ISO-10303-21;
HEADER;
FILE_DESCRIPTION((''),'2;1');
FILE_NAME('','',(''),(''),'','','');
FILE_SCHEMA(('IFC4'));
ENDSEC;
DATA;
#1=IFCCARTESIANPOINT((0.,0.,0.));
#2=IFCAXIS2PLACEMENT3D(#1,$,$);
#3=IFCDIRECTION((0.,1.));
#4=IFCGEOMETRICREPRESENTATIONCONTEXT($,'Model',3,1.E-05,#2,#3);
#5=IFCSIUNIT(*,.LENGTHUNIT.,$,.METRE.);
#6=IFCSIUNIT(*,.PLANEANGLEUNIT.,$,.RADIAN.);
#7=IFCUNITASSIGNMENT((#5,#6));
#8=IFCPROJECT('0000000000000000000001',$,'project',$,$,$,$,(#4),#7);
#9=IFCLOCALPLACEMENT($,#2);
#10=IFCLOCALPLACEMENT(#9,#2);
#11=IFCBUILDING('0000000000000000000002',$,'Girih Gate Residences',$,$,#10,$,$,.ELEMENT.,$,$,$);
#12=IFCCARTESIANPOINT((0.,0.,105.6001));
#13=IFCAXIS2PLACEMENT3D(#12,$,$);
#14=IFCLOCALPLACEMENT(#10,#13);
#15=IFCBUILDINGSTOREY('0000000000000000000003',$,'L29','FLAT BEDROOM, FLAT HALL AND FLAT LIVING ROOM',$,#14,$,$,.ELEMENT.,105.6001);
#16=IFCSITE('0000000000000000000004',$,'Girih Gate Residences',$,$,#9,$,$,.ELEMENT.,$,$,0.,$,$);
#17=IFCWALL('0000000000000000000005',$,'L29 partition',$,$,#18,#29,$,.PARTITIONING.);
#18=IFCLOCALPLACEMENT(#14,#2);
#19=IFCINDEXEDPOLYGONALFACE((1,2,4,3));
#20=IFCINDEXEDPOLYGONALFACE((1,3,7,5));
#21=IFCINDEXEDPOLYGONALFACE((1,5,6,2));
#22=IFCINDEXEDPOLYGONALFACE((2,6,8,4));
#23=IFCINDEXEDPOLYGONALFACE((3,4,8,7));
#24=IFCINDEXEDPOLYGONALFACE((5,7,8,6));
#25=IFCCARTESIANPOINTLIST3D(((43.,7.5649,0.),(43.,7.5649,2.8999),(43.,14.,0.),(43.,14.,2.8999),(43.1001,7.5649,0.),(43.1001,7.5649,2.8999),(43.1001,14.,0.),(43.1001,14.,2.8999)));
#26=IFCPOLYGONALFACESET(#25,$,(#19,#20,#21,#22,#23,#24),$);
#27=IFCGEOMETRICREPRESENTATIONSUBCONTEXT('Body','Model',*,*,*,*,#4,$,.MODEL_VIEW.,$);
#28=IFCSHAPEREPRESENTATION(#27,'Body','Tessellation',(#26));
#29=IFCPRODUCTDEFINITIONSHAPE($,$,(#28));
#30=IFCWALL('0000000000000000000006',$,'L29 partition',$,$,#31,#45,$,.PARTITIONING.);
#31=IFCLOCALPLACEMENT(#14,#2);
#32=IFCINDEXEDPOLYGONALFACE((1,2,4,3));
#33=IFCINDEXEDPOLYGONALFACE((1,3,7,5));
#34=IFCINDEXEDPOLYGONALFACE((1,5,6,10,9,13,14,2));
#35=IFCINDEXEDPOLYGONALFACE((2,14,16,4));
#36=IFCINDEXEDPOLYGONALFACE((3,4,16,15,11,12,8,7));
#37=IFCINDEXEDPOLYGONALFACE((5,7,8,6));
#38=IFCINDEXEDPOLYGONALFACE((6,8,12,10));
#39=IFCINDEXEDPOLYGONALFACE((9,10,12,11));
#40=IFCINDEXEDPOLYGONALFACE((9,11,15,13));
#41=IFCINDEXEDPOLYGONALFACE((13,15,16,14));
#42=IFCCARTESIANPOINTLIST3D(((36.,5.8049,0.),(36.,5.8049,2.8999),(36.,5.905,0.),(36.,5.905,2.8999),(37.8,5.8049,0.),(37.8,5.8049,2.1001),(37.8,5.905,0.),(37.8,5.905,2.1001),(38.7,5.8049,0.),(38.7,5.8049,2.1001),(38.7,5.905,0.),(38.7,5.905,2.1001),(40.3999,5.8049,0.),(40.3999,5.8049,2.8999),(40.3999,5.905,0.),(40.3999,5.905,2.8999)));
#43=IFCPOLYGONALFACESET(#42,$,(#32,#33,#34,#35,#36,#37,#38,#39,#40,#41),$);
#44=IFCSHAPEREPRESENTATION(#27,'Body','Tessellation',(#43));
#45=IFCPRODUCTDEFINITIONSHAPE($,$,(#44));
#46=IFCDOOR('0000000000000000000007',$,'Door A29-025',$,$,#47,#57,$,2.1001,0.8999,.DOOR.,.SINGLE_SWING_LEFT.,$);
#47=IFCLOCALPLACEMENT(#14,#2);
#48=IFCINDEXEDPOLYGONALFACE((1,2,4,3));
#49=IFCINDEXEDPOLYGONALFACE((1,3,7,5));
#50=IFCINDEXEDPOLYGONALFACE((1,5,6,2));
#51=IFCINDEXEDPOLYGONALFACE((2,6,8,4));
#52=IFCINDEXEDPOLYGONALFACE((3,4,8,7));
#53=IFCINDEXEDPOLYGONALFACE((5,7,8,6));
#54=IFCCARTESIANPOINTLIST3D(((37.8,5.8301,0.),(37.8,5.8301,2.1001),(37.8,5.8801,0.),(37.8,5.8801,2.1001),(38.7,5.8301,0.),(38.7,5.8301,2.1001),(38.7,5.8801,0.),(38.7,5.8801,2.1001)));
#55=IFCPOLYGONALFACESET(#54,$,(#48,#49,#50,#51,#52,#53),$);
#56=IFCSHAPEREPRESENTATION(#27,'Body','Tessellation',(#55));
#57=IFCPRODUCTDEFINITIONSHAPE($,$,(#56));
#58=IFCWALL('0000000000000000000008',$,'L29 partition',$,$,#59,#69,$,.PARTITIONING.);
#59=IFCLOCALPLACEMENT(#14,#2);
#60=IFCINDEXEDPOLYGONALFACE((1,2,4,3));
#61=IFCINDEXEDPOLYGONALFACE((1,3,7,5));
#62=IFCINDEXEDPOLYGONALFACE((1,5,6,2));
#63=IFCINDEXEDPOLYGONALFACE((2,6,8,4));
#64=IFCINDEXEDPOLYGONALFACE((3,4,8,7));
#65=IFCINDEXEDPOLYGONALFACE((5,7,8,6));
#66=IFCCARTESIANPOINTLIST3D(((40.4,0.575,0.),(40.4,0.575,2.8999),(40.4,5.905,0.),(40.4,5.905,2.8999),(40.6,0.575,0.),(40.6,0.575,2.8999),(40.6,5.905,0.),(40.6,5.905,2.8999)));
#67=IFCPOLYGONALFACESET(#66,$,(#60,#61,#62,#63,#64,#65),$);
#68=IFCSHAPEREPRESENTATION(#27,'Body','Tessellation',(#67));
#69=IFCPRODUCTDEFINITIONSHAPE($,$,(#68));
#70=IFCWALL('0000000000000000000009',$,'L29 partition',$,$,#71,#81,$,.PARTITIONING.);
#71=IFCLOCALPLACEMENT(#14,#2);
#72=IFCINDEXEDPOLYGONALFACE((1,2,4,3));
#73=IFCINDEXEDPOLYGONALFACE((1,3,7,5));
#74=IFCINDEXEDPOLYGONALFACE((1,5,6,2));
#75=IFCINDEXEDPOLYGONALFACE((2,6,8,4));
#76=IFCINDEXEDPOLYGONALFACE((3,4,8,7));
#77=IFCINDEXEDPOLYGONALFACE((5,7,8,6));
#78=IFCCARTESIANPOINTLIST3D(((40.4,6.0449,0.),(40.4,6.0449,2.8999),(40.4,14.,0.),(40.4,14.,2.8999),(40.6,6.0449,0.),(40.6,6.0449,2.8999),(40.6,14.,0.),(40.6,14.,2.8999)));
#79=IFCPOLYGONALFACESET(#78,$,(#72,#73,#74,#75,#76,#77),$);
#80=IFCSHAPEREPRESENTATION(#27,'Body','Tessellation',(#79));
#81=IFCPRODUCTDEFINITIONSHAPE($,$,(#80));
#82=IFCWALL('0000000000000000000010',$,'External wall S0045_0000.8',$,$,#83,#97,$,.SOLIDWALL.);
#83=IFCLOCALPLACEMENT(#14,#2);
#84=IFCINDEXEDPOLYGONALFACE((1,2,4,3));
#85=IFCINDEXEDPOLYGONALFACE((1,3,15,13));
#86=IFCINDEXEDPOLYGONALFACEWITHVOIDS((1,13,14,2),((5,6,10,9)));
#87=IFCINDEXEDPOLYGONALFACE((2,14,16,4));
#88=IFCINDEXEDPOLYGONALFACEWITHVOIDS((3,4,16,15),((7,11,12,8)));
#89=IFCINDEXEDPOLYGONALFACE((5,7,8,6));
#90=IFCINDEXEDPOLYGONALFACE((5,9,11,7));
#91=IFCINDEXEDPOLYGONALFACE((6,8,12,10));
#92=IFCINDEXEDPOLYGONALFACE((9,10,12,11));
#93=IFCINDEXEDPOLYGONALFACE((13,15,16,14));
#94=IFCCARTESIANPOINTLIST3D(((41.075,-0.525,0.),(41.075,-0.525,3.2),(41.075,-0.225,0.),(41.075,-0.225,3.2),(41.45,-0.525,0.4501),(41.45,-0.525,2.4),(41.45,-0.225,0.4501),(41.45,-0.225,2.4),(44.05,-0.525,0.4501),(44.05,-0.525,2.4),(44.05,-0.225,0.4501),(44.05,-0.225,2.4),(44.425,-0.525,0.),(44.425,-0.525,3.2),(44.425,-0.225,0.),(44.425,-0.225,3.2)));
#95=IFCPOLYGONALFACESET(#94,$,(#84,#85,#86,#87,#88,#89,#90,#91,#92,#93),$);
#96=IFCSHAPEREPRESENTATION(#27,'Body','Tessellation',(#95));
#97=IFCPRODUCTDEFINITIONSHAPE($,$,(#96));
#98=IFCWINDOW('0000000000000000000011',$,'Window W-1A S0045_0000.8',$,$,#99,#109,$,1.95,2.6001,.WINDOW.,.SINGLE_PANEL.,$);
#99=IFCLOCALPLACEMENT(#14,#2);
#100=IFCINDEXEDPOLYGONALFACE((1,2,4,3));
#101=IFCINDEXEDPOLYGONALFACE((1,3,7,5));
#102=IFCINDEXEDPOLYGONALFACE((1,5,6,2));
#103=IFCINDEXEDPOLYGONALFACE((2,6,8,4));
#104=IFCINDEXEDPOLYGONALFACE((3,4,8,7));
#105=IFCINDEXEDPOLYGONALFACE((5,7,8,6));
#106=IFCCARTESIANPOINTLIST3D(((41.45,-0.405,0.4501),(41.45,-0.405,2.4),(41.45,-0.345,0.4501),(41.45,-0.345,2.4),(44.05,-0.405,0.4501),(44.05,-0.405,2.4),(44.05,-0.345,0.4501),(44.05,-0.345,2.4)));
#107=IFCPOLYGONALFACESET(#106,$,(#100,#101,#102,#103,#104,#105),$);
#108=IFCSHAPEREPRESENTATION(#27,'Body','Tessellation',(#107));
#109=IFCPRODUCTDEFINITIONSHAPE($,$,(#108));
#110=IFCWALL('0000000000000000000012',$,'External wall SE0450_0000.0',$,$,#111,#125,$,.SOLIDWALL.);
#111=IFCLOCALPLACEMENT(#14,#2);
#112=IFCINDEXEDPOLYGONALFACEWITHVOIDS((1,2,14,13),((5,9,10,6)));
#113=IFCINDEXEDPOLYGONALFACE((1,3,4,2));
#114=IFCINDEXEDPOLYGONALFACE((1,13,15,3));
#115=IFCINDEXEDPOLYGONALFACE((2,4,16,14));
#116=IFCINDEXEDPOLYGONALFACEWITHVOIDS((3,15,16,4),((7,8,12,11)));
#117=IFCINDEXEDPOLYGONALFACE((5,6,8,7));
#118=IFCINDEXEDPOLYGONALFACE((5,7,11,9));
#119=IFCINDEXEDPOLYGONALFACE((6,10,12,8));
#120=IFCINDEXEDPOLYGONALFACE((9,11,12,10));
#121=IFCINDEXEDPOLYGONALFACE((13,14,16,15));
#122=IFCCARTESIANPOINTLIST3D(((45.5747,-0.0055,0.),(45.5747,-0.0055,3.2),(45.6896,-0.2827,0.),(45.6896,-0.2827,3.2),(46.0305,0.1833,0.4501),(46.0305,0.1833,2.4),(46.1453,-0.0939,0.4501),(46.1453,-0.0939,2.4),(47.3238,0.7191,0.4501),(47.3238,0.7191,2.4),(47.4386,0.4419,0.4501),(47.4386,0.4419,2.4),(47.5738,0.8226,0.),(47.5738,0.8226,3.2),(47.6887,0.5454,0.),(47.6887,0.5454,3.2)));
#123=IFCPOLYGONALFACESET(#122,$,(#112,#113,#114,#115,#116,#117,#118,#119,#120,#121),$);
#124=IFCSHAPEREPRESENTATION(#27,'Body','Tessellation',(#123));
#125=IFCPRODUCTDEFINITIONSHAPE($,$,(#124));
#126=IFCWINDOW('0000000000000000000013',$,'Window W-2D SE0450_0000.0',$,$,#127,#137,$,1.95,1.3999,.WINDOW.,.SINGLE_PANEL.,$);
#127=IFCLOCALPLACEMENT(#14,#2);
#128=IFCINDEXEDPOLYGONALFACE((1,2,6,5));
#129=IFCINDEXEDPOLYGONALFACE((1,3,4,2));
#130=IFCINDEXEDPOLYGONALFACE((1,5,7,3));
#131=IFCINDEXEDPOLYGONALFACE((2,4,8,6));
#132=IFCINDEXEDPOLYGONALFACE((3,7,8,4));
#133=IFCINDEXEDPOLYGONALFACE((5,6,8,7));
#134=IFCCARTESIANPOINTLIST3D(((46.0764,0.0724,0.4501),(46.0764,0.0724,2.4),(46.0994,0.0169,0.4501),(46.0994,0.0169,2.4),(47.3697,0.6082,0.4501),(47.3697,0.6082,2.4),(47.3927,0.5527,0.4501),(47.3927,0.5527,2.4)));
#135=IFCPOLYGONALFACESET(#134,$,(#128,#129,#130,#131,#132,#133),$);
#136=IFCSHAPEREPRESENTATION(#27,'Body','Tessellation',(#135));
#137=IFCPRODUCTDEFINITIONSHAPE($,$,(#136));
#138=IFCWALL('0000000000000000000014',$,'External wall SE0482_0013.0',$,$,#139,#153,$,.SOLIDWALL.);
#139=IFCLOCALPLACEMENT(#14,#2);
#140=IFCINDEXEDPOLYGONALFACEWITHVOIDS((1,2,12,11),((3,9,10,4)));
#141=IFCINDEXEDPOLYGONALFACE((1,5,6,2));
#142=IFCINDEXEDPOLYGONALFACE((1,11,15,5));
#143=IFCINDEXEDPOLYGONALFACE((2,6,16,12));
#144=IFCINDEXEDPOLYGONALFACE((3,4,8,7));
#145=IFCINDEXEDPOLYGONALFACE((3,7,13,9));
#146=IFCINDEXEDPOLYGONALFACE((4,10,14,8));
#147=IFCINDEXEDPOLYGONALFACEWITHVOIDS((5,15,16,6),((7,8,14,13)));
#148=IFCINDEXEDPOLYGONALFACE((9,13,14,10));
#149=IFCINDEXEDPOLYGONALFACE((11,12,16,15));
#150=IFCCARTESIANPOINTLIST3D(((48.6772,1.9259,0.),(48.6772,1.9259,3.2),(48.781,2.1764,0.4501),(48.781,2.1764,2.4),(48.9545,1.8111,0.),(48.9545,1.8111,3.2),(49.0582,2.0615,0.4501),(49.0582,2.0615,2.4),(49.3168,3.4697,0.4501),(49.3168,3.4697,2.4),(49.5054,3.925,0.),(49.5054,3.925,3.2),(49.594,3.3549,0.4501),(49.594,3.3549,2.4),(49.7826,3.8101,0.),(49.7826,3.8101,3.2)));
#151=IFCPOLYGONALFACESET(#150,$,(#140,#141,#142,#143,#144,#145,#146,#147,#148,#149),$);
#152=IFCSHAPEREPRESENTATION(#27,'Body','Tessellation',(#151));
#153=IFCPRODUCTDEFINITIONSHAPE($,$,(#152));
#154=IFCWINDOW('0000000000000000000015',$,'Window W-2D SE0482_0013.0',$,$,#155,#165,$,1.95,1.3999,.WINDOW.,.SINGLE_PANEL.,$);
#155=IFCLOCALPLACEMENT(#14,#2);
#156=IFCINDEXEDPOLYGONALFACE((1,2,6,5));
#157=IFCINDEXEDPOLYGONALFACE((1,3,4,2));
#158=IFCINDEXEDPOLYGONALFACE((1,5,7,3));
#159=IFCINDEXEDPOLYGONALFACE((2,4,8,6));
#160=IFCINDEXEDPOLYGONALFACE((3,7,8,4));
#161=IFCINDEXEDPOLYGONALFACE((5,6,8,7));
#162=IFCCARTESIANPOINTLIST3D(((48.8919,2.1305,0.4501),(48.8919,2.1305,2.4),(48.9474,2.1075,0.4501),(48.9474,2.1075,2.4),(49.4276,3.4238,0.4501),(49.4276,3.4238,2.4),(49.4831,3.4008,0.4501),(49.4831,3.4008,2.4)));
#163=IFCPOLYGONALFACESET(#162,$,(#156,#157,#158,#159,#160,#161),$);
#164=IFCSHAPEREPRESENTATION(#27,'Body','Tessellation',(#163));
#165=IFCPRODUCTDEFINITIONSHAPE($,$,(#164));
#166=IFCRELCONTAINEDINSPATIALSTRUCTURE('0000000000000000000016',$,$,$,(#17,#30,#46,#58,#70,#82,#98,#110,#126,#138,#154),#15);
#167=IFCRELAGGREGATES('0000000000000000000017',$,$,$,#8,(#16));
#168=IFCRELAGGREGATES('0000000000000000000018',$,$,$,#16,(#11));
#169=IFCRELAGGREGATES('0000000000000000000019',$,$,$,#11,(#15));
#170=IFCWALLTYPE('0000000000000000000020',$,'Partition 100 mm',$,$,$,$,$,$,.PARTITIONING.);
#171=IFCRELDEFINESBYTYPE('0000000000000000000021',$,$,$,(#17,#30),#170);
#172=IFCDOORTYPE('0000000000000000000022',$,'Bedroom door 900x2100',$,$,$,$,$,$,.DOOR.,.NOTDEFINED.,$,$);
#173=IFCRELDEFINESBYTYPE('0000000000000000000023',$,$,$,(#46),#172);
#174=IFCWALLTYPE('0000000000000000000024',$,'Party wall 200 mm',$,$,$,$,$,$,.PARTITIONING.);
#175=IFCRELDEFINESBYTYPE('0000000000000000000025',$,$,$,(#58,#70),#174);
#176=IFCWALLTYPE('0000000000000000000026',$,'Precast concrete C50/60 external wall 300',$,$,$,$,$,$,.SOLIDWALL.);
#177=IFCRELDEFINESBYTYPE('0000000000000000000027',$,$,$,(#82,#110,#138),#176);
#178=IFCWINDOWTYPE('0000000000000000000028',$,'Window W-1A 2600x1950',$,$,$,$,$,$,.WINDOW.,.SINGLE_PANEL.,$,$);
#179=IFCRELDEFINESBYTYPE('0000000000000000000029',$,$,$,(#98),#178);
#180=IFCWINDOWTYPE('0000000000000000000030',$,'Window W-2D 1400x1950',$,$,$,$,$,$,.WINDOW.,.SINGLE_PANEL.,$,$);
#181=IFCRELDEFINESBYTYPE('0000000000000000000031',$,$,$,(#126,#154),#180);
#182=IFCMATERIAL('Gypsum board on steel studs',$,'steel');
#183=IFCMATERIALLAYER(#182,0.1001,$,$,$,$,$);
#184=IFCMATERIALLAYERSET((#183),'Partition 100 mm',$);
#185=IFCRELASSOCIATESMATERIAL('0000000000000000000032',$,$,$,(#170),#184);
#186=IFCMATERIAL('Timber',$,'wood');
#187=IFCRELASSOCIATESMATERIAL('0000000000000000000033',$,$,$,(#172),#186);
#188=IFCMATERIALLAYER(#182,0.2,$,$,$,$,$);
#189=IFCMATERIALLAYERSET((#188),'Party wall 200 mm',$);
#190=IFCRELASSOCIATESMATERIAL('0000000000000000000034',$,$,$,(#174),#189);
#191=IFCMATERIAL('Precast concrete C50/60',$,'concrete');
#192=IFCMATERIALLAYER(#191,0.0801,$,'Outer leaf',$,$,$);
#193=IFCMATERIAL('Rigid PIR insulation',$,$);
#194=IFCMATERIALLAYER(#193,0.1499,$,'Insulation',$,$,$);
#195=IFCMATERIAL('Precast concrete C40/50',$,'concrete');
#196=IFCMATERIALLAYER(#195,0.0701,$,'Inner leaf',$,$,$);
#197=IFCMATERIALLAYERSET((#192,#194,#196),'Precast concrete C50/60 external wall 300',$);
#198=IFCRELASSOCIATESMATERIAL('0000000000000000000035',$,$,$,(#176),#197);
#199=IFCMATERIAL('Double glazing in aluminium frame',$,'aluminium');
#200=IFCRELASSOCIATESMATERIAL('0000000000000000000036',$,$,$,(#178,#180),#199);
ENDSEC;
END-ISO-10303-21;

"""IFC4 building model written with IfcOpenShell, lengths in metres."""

from ifc_helpers import new_model, si_unit, direction, frame, frame_2d, origin, place, context, subcontext, project, spatial, rectangle, extrude, material, layer, layer_set, type_object, element, fill, save


model = new_model("IFC4")

# Units and contexts
model_context = context("Model", 3, precision=1e-05, world=origin(), true_north=direction((0.0, 1.0)))
body_context = subcontext(model_context, "Body", "Model", "MODEL_VIEW")
ifc_project = project(units=[si_unit("LENGTHUNIT", "METRE"), si_unit("PLANEANGLEUNIT", "RADIAN")], contexts=[model_context])

# Site, building, storey
site_placement = place(None, origin())
site = spatial("IfcSite", under=ifc_project, at=site_placement, Name="Girih Gate Residences", CompositionType="ELEMENT", RefElevation=0.0)
building_placement = place(site_placement, origin())
building = spatial("IfcBuilding", under=site, at=building_placement, Name="Girih Gate Residences", CompositionType="ELEMENT")
storey_placement = place(building_placement, frame((0.0, 0.0, 105.6001)))
storey = spatial("IfcBuildingStorey", under=building, at=storey_placement, Name="L29", Description="FLAT BEDROOM, FLAT HALL AND FLAT LIVING ROOM", CompositionType="ELEMENT", Elevation=105.6001)

# Shared definitions
ifc_material_1 = material(Name="Gypsum board on steel studs", Category="steel")
ifc_layer_1 = layer(ifc_material_1, 0.1001)
ifc_layer_set_1 = layer_set([ifc_layer_1], Name="Partition 100 mm")
wall_type_1 = type_object("IfcWallType", Name="Partition 100 mm", PredefinedType="PARTITIONING", material=ifc_layer_set_1)
ifc_material_2 = material(Name="Timber", Category="wood")
door_type_1 = type_object("IfcDoorType", Name="Bedroom door 900x2100", OperationType="NOTDEFINED", PredefinedType="DOOR", material=ifc_material_2)

# Wall
wall_1_placement = place(storey_placement, frame((43.05, 7.5649, 0.0), z_axis=(0.0, 0.0, 1.0), x_axis=(0.0, 1.0, 0.0)))
element("IfcWall", 1, at=wall_1_placement, inside=storey, type_object=wall_type_1, Name="L29 partition", PredefinedType="PARTITIONING", context=body_context, shape_type="SweptSolid", body=[
    extrude(rectangle(XDim=6.4351, YDim=0.1001, at=frame_2d((3.2175, 0.0))), origin(), (0.0, 0.0, 1.0), 2.8999),
])

# Wall, opening, door
wall_2_placement = place(storey_placement, frame((40.3999, 5.855, 0.0), z_axis=(0.0, 0.0, 1.0), x_axis=(-1.0, 0.0, 0.0)))
wall_2 = element("IfcWall", 2, at=wall_2_placement, inside=storey, type_object=wall_type_1, Name="L29 partition", PredefinedType="PARTITIONING", context=body_context, shape_type="SweptSolid", body=[
    extrude(rectangle(XDim=4.3999, YDim=0.1001, at=frame_2d((2.2, 0.0))), origin(), (0.0, 0.0, 1.0), 2.8999),
])
opening_1_placement = place(wall_2_placement, frame((1.7, 0.0, 0.0)))
opening_1 = element("IfcOpeningElement", 3, at=opening_1_placement, cuts=wall_2, PredefinedType="OPENING", context=body_context, shape_type="SweptSolid", body=[
    extrude(rectangle(XDim=0.8999, YDim=2.1001, at=frame_2d((0.45, 1.05))), frame((0.0, 0.0601, 0.0), z_axis=(0.0, -1.0, 0.0), x_axis=(1.0, 0.0, 0.0)), (0.0, 0.0, 1.0), 0.1201),
])
door_1_placement = place(opening_1_placement, origin())
door_1 = element("IfcDoor", 4, at=door_1_placement, inside=storey, type_object=door_type_1, Name="Door A29-025", OperationType="SINGLE_SWING_LEFT", OverallHeight=2.1001, OverallWidth=0.8999, PredefinedType="DOOR", context=body_context, shape_type="SweptSolid", body=[
    extrude(rectangle(XDim=0.8999, YDim=2.1001, at=frame_2d((0.45, 1.05))), frame((0.0, 0.0249, 0.0), z_axis=(0.0, -1.0, 0.0), x_axis=(1.0, 0.0, 0.0)), (0.0, 0.0, 1.0), 0.05),
])
fill(opening_1, door_1)

# Walls
ifc_layer_2 = layer(ifc_material_1, 0.2)
ifc_layer_set_2 = layer_set([ifc_layer_2], Name="Party wall 200 mm")
wall_type_2 = type_object("IfcWallType", Name="Party wall 200 mm", PredefinedType="PARTITIONING", material=ifc_layer_set_2)
wall_3_placement = place(storey_placement, frame((40.5, 0.575, 0.0), z_axis=(0.0, 0.0, 1.0), x_axis=(0.0, 1.0, 0.0)))
element("IfcWall", 5, at=wall_3_placement, inside=storey, type_object=wall_type_2, Name="L29 partition", PredefinedType="PARTITIONING", context=body_context, shape_type="SweptSolid", body=[
    extrude(rectangle(XDim=5.3301, YDim=0.2, at=frame_2d((2.665, 0.0))), origin(), (0.0, 0.0, 1.0), 2.8999),
])
wall_4_placement = place(storey_placement, frame((40.5, 6.0449, 0.0), z_axis=(0.0, 0.0, 1.0), x_axis=(0.0, 1.0, 0.0)))
element("IfcWall", 6, at=wall_4_placement, inside=storey, type_object=wall_type_2, Name="L29 partition", PredefinedType="PARTITIONING", context=body_context, shape_type="SweptSolid", body=[
    extrude(rectangle(XDim=7.9551, YDim=0.2, at=frame_2d((3.9775, 0.0))), origin(), (0.0, 0.0, 1.0), 2.8999),
])

# Walls, openings, windows
ifc_material_3 = material(Name="Precast concrete C50/60", Category="concrete")
ifc_layer_3 = layer(ifc_material_3, 0.0801, Name="Outer leaf")
ifc_material_4 = material(Name="Rigid PIR insulation")
ifc_layer_4 = layer(ifc_material_4, 0.1499, Name="Insulation")
ifc_material_5 = material(Name="Precast concrete C40/50", Category="concrete")
ifc_layer_5 = layer(ifc_material_5, 0.0701, Name="Inner leaf")
ifc_layer_set_3 = layer_set([ifc_layer_3, ifc_layer_4, ifc_layer_5], Name="Precast concrete C50/60 external wall 300")
wall_type_3 = type_object("IfcWallType", Name="Precast concrete C50/60 external wall 300", PredefinedType="SOLIDWALL", material=ifc_layer_set_3)
wall_5_placement = place(storey_placement, frame((44.425, -0.375, 0.0), z_axis=(0.0, 0.0, 1.0), x_axis=(-1.0, 0.0, 0.0)))
wall_5 = element("IfcWall", 7, at=wall_5_placement, inside=storey, type_object=wall_type_3, Name="External wall S0045_0000.8", PredefinedType="SOLIDWALL", context=body_context, shape_type="SweptSolid", body=[
    extrude(rectangle(XDim=3.3501, YDim=0.3, at=frame_2d((1.675, 0.0))), origin(), (0.0, 0.0, 1.0), 3.2),
])
opening_2_placement = place(wall_5_placement, frame((0.375, 0.0, 0.45)))
opening_2 = element("IfcOpeningElement", 8, at=opening_2_placement, cuts=wall_5, PredefinedType="OPENING", context=body_context, shape_type="SweptSolid", body=[
    extrude(rectangle(XDim=2.6001, YDim=1.95, at=frame_2d((1.3, 0.9751))), frame((0.0, 0.1599, 0.0), z_axis=(0.0, -1.0, 0.0), x_axis=(1.0, 0.0, 0.0)), (0.0, 0.0, 1.0), 0.3201),
])
ifc_material_6 = material(Name="Double glazing in aluminium frame", Category="aluminium")
window_type_1 = type_object("IfcWindowType", Name="Window W-1A 2600x1950", PartitioningType="SINGLE_PANEL", PredefinedType="WINDOW", material=ifc_material_6)
window_1_placement = place(opening_2_placement, origin())
window_1 = element("IfcWindow", 9, at=window_1_placement, inside=storey, type_object=window_type_1, Name="Window W-1A S0045_0000.8", OverallHeight=1.95, OverallWidth=2.6001, PartitioningType="SINGLE_PANEL", PredefinedType="WINDOW", context=body_context, shape_type="SweptSolid", body=[
    extrude(rectangle(XDim=2.6001, YDim=1.95, at=frame_2d((1.3, 0.9751))), frame((0.0, 0.03, 0.0), z_axis=(0.0, -1.0, 0.0), x_axis=(1.0, 0.0, 0.0)), (0.0, 0.0, 1.0), 0.0601),
])
fill(opening_2, window_1)
wall_6_placement = place(storey_placement, frame((47.6313, 0.6841, 0.0), z_axis=(0.0, 0.0, 1.0), x_axis=(-0.923863, -0.382724, 0.0)))
wall_6 = element("IfcWall", 10, at=wall_6_placement, inside=storey, type_object=wall_type_3, Name="External wall SE0450_0000.0", PredefinedType="SOLIDWALL", context=body_context, shape_type="SweptSolid", body=[
    extrude(rectangle(XDim=2.1638, YDim=0.3, at=frame_2d((1.082, 0.0))), origin(), (0.0, 0.0, 1.0), 3.2),
])
opening_3_placement = place(wall_6_placement, frame((0.2708, 0.0, 0.45)))
opening_3 = element("IfcOpeningElement", 11, at=opening_3_placement, cuts=wall_6, PredefinedType="OPENING", context=body_context, shape_type="SweptSolid", body=[
    extrude(rectangle(XDim=1.3999, YDim=1.95, at=frame_2d((0.7, 0.9751))), frame((0.0, 0.1599, 0.0), z_axis=(0.0, -1.0, 0.0), x_axis=(1.0, 0.0, 0.0)), (0.0, 0.0, 1.0), 0.3201),
])
window_type_2 = type_object("IfcWindowType", Name="Window W-2D 1400x1950", PartitioningType="SINGLE_PANEL", PredefinedType="WINDOW", material=ifc_material_6)
window_2_placement = place(opening_3_placement, origin())
window_2 = element("IfcWindow", 12, at=window_2_placement, inside=storey, type_object=window_type_2, Name="Window W-2D SE0450_0000.0", OverallHeight=1.95, OverallWidth=1.3999, PartitioningType="SINGLE_PANEL", PredefinedType="WINDOW", context=body_context, shape_type="SweptSolid", body=[
    extrude(rectangle(XDim=1.3999, YDim=1.95, at=frame_2d((0.7, 0.9751))), frame((0.0, 0.03, 0.0), z_axis=(0.0, -1.0, 0.0), x_axis=(1.0, 0.0, 0.0)), (0.0, 0.0, 1.0), 0.0601),
])
fill(opening_3, window_2)
wall_7_placement = place(storey_placement, frame((49.644, 3.8677, 0.0), z_axis=(0.0, 0.0, 1.0), x_axis=(-0.382724, -0.923863, 0.0)))
wall_7 = element("IfcWall", 13, at=wall_7_placement, inside=storey, type_object=wall_type_3, Name="External wall SE0482_0013.0", PredefinedType="SOLIDWALL", context=body_context, shape_type="SweptSolid", body=[
    extrude(rectangle(XDim=2.1638, YDim=0.3, at=frame_2d((1.082, 0.0))), origin(), (0.0, 0.0, 1.0), 3.2),
])
opening_4_placement = place(wall_7_placement, frame((0.4929, 0.0, 0.45)))
opening_4 = element("IfcOpeningElement", 14, at=opening_4_placement, cuts=wall_7, PredefinedType="OPENING", context=body_context, shape_type="SweptSolid", body=[
    extrude(rectangle(XDim=1.3999, YDim=1.95, at=frame_2d((0.7, 0.9751))), frame((0.0, 0.1599, 0.0), z_axis=(0.0, -1.0, 0.0), x_axis=(1.0, 0.0, 0.0)), (0.0, 0.0, 1.0), 0.3201),
])
window_3_placement = place(opening_4_placement, origin())
window_3 = element("IfcWindow", 15, at=window_3_placement, inside=storey, type_object=window_type_2, Name="Window W-2D SE0482_0013.0", OverallHeight=1.95, OverallWidth=1.3999, PartitioningType="SINGLE_PANEL", PredefinedType="WINDOW", context=body_context, shape_type="SweptSolid", body=[
    extrude(rectangle(XDim=1.3999, YDim=1.95, at=frame_2d((0.7, 0.9751))), frame((0.0, 0.03, 0.0), z_axis=(0.0, -1.0, 0.0), x_axis=(1.0, 0.0, 0.0)), (0.0, 0.0, 1.0), 0.0601),
])
fill(opening_4, window_3)

save(model, "model.ifc")
